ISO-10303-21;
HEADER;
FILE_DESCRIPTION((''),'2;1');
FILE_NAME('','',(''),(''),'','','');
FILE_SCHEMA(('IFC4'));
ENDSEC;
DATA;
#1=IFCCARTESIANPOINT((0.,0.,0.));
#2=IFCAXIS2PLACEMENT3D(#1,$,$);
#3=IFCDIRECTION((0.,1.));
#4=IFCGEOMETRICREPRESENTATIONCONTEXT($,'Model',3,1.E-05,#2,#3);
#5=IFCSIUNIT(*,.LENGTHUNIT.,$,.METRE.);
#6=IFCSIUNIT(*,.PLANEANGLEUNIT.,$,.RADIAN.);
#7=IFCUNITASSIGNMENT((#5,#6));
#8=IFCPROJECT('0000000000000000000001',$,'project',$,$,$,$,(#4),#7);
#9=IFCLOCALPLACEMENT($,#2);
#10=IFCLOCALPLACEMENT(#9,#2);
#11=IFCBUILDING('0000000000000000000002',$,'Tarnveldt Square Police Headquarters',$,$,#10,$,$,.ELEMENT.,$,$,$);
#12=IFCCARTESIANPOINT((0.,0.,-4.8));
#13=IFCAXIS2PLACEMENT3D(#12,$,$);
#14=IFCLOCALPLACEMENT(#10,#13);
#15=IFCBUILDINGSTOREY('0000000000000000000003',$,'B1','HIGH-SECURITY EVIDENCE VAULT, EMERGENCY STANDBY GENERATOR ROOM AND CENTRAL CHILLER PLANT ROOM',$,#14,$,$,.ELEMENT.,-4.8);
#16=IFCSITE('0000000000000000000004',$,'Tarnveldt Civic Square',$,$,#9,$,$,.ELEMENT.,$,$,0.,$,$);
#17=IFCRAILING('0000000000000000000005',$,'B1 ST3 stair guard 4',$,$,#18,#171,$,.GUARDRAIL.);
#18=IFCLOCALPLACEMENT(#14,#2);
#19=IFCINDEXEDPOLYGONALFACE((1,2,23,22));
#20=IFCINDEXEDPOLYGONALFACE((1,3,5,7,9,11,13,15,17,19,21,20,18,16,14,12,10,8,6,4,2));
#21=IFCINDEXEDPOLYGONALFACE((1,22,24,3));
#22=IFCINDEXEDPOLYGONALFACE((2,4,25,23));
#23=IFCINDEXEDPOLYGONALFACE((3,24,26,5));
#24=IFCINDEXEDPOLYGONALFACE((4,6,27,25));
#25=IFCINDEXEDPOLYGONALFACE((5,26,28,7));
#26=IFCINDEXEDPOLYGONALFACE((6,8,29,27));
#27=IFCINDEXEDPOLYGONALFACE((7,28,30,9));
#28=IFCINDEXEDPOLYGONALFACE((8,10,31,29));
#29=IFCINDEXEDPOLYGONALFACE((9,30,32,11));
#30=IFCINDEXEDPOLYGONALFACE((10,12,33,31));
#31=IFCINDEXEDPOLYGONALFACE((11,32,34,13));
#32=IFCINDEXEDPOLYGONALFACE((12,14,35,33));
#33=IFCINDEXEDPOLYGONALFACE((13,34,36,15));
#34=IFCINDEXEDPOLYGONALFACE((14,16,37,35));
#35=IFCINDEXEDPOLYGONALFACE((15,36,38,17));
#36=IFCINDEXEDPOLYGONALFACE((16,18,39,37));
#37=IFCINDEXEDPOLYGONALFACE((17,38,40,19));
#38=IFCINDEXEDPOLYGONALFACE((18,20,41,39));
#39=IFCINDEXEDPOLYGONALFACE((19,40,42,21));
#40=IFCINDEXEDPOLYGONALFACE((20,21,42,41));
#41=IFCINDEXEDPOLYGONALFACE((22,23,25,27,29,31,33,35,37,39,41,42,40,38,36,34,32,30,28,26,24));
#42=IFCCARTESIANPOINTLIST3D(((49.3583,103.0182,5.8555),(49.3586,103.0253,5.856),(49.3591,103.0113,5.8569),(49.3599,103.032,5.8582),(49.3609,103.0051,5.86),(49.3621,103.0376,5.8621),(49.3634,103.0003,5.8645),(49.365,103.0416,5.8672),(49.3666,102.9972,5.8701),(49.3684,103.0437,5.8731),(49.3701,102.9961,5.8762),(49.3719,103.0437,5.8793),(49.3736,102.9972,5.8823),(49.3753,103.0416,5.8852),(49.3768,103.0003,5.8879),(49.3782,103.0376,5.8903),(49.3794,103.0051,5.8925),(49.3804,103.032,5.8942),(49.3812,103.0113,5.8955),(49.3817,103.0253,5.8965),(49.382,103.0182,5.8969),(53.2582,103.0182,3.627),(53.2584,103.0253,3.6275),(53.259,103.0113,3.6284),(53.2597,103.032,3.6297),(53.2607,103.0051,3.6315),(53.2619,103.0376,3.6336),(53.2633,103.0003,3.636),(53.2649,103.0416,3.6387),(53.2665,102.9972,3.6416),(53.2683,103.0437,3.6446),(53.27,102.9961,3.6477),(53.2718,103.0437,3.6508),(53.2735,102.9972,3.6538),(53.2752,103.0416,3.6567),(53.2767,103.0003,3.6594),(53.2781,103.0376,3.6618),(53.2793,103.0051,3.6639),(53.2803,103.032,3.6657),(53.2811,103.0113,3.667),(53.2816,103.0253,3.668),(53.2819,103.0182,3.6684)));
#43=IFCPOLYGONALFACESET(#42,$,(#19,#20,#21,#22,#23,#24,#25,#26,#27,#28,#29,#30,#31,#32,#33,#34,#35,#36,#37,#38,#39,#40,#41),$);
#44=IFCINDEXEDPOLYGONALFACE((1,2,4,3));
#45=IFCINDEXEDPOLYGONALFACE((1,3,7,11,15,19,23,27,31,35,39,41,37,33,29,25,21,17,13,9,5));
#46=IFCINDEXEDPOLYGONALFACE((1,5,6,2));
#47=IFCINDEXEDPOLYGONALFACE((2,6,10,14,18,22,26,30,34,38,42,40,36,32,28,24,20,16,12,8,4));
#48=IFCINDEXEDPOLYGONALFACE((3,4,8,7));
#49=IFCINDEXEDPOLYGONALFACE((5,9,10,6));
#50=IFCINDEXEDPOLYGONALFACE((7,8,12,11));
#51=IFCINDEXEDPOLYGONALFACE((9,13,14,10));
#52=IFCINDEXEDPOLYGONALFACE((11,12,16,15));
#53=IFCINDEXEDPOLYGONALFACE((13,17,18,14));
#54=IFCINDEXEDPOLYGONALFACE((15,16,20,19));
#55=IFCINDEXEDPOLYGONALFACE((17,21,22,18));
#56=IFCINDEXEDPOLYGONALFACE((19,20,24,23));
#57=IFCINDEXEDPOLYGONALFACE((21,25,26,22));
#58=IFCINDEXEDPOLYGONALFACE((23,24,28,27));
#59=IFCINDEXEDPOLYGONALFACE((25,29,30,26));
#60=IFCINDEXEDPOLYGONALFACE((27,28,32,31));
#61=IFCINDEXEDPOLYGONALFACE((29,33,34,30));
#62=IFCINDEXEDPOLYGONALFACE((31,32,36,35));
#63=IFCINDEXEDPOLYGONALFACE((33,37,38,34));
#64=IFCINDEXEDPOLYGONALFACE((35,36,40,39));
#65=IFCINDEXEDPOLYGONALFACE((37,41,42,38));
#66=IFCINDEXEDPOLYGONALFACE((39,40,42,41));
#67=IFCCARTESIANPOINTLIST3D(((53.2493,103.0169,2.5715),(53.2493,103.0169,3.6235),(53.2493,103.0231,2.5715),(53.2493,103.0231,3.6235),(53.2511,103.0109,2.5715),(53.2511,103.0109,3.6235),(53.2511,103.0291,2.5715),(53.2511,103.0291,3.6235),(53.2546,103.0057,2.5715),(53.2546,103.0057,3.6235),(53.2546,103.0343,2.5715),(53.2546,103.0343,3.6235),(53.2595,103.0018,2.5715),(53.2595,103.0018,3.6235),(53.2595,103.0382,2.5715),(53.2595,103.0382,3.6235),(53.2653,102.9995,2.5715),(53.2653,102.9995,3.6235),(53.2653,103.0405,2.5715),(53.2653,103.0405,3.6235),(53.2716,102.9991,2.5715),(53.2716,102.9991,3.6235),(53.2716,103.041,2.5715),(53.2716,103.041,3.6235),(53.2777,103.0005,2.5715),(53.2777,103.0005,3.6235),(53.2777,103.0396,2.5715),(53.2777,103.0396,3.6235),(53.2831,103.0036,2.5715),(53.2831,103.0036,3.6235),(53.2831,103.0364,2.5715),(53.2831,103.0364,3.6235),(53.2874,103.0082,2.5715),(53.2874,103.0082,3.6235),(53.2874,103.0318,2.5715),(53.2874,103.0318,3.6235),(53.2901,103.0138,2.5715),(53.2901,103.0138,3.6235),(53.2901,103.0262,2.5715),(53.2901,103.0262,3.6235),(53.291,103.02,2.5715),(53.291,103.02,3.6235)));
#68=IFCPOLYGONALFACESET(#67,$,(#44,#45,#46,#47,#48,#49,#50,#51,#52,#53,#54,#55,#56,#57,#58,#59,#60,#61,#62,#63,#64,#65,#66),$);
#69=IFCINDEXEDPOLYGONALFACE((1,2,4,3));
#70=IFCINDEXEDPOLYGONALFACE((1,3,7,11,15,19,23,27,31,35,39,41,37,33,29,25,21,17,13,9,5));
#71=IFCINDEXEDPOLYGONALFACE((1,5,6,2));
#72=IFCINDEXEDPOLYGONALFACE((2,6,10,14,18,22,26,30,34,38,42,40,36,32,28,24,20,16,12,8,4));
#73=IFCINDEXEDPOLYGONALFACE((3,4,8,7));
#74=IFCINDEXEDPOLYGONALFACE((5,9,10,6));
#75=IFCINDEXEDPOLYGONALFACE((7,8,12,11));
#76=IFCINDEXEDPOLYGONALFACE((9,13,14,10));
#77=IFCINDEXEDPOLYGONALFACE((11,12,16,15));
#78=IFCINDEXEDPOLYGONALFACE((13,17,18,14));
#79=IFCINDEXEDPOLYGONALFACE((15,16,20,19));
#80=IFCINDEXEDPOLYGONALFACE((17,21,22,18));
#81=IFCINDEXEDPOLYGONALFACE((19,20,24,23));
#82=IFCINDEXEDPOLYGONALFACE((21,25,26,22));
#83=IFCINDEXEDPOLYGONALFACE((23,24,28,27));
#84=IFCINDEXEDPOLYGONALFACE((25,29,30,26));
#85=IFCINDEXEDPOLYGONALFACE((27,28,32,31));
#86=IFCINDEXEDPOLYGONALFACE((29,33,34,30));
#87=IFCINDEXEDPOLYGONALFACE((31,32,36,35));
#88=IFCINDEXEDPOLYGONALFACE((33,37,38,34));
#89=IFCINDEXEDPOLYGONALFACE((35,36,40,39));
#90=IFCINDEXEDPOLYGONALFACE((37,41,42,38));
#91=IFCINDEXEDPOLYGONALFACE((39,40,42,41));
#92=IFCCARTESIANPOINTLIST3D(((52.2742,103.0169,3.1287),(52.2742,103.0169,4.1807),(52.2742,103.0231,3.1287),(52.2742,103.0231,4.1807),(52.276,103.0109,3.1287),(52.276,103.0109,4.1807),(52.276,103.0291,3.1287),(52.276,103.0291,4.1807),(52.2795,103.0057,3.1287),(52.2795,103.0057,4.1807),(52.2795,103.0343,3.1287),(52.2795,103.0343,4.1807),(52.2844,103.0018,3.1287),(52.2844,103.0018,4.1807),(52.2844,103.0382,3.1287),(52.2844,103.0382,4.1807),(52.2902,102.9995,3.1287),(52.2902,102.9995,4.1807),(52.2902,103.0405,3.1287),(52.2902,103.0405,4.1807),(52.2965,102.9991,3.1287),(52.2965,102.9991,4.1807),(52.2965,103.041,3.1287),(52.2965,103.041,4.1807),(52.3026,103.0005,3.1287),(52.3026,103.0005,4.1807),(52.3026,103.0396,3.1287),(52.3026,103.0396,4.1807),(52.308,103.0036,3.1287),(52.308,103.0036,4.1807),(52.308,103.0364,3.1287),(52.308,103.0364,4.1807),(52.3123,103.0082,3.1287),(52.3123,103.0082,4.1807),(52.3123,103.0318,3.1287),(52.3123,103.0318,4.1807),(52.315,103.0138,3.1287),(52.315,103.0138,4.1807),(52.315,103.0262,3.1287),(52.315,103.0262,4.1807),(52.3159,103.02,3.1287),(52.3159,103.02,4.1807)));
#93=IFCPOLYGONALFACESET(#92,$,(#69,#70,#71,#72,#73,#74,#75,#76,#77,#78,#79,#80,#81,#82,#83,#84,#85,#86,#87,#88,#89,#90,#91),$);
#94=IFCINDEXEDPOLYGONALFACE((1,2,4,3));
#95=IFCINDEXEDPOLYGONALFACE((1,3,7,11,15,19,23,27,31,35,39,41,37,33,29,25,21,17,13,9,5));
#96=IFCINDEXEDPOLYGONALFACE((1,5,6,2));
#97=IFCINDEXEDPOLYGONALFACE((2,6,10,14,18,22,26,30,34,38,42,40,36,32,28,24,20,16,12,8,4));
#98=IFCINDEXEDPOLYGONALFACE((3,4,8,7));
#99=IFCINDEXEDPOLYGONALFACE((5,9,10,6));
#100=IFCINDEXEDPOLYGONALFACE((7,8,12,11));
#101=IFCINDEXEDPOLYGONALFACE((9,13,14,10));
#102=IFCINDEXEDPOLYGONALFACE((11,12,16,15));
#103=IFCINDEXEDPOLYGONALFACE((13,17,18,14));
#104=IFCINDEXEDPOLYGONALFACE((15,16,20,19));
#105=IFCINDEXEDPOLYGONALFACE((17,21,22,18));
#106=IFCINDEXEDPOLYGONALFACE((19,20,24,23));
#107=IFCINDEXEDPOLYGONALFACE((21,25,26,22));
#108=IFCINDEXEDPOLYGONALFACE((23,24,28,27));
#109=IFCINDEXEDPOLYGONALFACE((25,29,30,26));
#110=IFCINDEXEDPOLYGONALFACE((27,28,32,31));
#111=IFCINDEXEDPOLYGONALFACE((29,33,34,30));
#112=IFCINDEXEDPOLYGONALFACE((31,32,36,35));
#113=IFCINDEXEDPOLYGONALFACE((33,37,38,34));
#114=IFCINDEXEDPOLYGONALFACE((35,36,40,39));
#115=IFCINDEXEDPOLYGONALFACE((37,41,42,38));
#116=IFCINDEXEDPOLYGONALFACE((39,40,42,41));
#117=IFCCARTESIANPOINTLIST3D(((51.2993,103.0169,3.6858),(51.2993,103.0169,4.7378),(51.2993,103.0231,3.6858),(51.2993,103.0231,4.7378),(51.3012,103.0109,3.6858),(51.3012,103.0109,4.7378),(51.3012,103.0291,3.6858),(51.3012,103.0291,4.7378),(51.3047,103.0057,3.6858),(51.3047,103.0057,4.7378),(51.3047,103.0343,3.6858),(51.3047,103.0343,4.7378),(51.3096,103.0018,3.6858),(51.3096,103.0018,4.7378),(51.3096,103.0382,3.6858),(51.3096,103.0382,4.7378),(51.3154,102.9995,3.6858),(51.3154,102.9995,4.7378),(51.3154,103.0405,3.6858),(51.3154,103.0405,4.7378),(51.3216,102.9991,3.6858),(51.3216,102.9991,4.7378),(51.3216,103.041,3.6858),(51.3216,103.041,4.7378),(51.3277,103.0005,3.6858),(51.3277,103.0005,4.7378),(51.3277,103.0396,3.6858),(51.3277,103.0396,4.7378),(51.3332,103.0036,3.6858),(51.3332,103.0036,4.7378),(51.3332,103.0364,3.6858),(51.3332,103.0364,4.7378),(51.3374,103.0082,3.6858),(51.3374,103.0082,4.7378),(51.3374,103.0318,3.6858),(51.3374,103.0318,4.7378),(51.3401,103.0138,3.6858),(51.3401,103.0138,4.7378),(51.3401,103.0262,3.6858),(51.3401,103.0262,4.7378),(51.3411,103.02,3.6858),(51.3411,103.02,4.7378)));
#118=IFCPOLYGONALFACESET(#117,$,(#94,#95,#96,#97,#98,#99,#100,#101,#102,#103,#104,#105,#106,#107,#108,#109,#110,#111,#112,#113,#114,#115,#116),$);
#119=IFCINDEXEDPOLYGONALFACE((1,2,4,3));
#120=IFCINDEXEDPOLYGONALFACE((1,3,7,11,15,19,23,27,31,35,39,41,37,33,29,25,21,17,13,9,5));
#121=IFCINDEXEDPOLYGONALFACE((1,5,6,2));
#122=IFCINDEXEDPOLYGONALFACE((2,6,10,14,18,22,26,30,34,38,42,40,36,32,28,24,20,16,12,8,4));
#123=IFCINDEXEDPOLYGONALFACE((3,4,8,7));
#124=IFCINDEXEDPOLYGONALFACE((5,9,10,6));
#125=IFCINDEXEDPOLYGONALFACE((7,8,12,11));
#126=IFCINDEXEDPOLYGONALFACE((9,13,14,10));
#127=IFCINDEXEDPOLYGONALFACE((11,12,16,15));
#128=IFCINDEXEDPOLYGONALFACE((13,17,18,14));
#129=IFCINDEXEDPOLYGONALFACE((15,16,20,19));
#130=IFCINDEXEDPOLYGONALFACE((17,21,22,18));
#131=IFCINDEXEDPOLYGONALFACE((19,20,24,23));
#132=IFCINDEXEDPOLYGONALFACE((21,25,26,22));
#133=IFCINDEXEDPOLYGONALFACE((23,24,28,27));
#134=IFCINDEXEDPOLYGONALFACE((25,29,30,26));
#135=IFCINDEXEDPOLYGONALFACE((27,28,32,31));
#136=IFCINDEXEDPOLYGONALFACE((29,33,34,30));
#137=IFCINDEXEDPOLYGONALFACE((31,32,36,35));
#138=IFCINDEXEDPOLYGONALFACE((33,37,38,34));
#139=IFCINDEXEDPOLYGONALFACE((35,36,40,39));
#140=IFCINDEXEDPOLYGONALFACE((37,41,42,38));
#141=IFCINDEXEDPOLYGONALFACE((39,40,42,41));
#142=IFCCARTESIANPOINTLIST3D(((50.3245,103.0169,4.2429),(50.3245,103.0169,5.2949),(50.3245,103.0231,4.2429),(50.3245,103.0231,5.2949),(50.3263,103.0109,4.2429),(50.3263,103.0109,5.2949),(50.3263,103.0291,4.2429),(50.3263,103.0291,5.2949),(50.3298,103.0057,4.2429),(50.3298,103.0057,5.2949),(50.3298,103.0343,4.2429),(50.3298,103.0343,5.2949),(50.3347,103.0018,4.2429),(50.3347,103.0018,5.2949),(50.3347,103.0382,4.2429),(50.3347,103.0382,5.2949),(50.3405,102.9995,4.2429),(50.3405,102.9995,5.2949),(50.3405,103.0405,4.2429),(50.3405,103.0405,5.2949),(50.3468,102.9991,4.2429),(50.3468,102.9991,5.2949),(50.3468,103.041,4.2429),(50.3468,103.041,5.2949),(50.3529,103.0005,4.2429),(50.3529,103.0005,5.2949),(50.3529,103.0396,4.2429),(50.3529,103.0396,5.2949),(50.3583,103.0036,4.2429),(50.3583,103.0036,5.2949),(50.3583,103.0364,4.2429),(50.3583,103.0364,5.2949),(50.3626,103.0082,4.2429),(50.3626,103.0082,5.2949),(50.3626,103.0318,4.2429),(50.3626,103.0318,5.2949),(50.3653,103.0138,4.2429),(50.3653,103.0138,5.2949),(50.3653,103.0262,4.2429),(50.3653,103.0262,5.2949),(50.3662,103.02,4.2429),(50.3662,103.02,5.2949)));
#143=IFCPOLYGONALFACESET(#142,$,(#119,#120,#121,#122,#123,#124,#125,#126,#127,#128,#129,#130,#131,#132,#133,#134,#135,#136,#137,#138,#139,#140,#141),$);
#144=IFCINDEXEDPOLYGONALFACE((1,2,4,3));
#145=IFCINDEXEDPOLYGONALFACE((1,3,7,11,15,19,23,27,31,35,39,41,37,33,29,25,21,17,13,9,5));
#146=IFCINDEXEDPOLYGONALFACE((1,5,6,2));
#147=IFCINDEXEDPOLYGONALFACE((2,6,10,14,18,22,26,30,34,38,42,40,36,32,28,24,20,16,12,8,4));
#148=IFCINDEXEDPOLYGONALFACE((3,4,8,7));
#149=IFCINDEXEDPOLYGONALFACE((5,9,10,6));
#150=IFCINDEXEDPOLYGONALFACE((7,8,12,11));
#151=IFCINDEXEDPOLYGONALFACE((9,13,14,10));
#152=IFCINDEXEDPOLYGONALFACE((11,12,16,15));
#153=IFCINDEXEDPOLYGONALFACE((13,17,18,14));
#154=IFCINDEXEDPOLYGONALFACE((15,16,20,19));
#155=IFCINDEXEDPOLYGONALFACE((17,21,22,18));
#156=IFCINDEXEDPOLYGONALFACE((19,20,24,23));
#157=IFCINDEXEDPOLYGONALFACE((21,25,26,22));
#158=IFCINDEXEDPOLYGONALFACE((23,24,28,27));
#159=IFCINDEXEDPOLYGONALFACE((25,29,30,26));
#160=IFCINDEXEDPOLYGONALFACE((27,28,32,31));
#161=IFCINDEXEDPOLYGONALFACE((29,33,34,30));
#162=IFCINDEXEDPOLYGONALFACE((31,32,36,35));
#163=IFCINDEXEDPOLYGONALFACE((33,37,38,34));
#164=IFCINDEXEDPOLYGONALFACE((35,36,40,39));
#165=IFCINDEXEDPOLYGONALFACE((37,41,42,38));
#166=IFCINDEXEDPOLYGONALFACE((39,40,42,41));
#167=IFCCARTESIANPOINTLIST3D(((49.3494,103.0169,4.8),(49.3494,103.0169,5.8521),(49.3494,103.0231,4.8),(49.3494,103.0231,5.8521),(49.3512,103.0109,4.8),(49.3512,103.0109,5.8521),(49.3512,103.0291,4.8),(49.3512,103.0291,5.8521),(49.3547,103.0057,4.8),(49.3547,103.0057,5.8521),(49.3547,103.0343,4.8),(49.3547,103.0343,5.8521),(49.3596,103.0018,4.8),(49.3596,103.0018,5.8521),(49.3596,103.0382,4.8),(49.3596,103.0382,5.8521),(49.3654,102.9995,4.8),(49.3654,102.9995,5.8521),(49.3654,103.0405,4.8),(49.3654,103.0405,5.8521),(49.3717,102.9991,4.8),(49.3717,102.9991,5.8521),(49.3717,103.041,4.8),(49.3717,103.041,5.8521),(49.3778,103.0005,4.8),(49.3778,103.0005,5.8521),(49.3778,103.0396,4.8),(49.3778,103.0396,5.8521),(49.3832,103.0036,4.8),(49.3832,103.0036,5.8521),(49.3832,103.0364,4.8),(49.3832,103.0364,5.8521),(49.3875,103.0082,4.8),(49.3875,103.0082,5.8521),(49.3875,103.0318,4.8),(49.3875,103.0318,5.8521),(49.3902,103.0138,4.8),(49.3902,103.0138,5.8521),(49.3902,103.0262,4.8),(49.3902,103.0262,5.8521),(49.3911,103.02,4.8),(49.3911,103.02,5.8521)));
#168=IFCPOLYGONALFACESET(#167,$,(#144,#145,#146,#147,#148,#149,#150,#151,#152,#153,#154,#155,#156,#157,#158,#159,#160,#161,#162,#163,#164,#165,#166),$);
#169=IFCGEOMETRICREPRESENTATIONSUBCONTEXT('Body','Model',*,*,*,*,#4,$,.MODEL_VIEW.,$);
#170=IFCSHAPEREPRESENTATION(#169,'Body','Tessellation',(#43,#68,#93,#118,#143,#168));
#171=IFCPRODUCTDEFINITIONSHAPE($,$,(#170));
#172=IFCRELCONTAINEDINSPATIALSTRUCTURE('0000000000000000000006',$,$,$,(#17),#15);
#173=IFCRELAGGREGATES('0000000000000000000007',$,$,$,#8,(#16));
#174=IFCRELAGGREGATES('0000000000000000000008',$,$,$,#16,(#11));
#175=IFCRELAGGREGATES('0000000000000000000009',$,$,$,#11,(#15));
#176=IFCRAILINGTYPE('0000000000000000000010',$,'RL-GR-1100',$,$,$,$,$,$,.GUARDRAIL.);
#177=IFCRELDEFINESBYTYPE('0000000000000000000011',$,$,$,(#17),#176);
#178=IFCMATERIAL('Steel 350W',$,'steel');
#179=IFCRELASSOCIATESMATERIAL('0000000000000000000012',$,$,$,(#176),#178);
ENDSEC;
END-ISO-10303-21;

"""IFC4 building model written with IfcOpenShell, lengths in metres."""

from ifc_helpers import new_model, si_unit, direction, frame, origin, origin_2d, place, context, subcontext, project, spatial, circle, extrude, material, type_object, element, save


model = new_model("IFC4")

# Units and contexts
model_context = context("Model", 3, precision=1e-05, world=origin(), true_north=direction((0.0, 1.0)))
body_context = subcontext(model_context, "Body", "Model", "MODEL_VIEW")
ifc_project = project(units=[si_unit("LENGTHUNIT", "METRE"), si_unit("PLANEANGLEUNIT", "RADIAN")], contexts=[model_context])

# Site, building, storey
site_placement = place(None, origin())
site = spatial("IfcSite", under=ifc_project, at=site_placement, Name="Tarnveldt Civic Square", CompositionType="ELEMENT", RefElevation=0.0)
building_placement = place(site_placement, origin())
building = spatial("IfcBuilding", under=site, at=building_placement, Name="Tarnveldt Square Police Headquarters", CompositionType="ELEMENT")
storey_placement = place(building_placement, frame((0.0, 0.0, -4.8)))
storey = spatial("IfcBuildingStorey", under=building, at=storey_placement, Name="B1", Description="HIGH-SECURITY EVIDENCE VAULT, EMERGENCY STANDBY GENERATOR ROOM AND CENTRAL CHILLER PLANT ROOM", CompositionType="ELEMENT", Elevation=-4.8)

# Railing
ifc_material_1 = material(Name="Steel 350W", Category="steel")
railing_type_1 = type_object("IfcRailingType", Name="RL-GR-1100", PredefinedType="GUARDRAIL", material=ifc_material_1)
railing_1_placement = place(storey_placement, frame((53.27, 103.02, 2.5715)))
element("IfcRailing", 1, at=railing_1_placement, inside=storey, type_object=railing_type_1, Name="B1 ST3 stair guard 4", PredefinedType="GUARDRAIL", context=body_context, shape_type="SweptSolid", body=[
    extrude(circle(Radius=0.0239, at=origin_2d()), frame((0.0, 0.0, 1.0762), z_axis=(-0.868243, 0.0, 0.496139), x_axis=(0.0, -1.0, 0.0)), (0.0, 0.0, 1.0), 4.4917),
    extrude(circle(Radius=0.021, at=origin_2d()), origin(), (0.0, 0.0, 1.0), 1.052),
    extrude(circle(Radius=0.021, at=origin_2d()), frame((-0.9751, 0.0, 0.5571)), (0.0, 0.0, 1.0), 1.052),
    extrude(circle(Radius=0.021, at=origin_2d()), frame((-1.95, 0.0, 1.1143)), (0.0, 0.0, 1.0), 1.052),
    extrude(circle(Radius=0.021, at=origin_2d()), frame((-2.9248, 0.0, 1.6714)), (0.0, 0.0, 1.0), 1.052),
    extrude(circle(Radius=0.021, at=origin_2d()), frame((-3.8999, 0.0, 2.2285)), (0.0, 0.0, 1.0), 1.052),
])

save(model, "model.ifc")
